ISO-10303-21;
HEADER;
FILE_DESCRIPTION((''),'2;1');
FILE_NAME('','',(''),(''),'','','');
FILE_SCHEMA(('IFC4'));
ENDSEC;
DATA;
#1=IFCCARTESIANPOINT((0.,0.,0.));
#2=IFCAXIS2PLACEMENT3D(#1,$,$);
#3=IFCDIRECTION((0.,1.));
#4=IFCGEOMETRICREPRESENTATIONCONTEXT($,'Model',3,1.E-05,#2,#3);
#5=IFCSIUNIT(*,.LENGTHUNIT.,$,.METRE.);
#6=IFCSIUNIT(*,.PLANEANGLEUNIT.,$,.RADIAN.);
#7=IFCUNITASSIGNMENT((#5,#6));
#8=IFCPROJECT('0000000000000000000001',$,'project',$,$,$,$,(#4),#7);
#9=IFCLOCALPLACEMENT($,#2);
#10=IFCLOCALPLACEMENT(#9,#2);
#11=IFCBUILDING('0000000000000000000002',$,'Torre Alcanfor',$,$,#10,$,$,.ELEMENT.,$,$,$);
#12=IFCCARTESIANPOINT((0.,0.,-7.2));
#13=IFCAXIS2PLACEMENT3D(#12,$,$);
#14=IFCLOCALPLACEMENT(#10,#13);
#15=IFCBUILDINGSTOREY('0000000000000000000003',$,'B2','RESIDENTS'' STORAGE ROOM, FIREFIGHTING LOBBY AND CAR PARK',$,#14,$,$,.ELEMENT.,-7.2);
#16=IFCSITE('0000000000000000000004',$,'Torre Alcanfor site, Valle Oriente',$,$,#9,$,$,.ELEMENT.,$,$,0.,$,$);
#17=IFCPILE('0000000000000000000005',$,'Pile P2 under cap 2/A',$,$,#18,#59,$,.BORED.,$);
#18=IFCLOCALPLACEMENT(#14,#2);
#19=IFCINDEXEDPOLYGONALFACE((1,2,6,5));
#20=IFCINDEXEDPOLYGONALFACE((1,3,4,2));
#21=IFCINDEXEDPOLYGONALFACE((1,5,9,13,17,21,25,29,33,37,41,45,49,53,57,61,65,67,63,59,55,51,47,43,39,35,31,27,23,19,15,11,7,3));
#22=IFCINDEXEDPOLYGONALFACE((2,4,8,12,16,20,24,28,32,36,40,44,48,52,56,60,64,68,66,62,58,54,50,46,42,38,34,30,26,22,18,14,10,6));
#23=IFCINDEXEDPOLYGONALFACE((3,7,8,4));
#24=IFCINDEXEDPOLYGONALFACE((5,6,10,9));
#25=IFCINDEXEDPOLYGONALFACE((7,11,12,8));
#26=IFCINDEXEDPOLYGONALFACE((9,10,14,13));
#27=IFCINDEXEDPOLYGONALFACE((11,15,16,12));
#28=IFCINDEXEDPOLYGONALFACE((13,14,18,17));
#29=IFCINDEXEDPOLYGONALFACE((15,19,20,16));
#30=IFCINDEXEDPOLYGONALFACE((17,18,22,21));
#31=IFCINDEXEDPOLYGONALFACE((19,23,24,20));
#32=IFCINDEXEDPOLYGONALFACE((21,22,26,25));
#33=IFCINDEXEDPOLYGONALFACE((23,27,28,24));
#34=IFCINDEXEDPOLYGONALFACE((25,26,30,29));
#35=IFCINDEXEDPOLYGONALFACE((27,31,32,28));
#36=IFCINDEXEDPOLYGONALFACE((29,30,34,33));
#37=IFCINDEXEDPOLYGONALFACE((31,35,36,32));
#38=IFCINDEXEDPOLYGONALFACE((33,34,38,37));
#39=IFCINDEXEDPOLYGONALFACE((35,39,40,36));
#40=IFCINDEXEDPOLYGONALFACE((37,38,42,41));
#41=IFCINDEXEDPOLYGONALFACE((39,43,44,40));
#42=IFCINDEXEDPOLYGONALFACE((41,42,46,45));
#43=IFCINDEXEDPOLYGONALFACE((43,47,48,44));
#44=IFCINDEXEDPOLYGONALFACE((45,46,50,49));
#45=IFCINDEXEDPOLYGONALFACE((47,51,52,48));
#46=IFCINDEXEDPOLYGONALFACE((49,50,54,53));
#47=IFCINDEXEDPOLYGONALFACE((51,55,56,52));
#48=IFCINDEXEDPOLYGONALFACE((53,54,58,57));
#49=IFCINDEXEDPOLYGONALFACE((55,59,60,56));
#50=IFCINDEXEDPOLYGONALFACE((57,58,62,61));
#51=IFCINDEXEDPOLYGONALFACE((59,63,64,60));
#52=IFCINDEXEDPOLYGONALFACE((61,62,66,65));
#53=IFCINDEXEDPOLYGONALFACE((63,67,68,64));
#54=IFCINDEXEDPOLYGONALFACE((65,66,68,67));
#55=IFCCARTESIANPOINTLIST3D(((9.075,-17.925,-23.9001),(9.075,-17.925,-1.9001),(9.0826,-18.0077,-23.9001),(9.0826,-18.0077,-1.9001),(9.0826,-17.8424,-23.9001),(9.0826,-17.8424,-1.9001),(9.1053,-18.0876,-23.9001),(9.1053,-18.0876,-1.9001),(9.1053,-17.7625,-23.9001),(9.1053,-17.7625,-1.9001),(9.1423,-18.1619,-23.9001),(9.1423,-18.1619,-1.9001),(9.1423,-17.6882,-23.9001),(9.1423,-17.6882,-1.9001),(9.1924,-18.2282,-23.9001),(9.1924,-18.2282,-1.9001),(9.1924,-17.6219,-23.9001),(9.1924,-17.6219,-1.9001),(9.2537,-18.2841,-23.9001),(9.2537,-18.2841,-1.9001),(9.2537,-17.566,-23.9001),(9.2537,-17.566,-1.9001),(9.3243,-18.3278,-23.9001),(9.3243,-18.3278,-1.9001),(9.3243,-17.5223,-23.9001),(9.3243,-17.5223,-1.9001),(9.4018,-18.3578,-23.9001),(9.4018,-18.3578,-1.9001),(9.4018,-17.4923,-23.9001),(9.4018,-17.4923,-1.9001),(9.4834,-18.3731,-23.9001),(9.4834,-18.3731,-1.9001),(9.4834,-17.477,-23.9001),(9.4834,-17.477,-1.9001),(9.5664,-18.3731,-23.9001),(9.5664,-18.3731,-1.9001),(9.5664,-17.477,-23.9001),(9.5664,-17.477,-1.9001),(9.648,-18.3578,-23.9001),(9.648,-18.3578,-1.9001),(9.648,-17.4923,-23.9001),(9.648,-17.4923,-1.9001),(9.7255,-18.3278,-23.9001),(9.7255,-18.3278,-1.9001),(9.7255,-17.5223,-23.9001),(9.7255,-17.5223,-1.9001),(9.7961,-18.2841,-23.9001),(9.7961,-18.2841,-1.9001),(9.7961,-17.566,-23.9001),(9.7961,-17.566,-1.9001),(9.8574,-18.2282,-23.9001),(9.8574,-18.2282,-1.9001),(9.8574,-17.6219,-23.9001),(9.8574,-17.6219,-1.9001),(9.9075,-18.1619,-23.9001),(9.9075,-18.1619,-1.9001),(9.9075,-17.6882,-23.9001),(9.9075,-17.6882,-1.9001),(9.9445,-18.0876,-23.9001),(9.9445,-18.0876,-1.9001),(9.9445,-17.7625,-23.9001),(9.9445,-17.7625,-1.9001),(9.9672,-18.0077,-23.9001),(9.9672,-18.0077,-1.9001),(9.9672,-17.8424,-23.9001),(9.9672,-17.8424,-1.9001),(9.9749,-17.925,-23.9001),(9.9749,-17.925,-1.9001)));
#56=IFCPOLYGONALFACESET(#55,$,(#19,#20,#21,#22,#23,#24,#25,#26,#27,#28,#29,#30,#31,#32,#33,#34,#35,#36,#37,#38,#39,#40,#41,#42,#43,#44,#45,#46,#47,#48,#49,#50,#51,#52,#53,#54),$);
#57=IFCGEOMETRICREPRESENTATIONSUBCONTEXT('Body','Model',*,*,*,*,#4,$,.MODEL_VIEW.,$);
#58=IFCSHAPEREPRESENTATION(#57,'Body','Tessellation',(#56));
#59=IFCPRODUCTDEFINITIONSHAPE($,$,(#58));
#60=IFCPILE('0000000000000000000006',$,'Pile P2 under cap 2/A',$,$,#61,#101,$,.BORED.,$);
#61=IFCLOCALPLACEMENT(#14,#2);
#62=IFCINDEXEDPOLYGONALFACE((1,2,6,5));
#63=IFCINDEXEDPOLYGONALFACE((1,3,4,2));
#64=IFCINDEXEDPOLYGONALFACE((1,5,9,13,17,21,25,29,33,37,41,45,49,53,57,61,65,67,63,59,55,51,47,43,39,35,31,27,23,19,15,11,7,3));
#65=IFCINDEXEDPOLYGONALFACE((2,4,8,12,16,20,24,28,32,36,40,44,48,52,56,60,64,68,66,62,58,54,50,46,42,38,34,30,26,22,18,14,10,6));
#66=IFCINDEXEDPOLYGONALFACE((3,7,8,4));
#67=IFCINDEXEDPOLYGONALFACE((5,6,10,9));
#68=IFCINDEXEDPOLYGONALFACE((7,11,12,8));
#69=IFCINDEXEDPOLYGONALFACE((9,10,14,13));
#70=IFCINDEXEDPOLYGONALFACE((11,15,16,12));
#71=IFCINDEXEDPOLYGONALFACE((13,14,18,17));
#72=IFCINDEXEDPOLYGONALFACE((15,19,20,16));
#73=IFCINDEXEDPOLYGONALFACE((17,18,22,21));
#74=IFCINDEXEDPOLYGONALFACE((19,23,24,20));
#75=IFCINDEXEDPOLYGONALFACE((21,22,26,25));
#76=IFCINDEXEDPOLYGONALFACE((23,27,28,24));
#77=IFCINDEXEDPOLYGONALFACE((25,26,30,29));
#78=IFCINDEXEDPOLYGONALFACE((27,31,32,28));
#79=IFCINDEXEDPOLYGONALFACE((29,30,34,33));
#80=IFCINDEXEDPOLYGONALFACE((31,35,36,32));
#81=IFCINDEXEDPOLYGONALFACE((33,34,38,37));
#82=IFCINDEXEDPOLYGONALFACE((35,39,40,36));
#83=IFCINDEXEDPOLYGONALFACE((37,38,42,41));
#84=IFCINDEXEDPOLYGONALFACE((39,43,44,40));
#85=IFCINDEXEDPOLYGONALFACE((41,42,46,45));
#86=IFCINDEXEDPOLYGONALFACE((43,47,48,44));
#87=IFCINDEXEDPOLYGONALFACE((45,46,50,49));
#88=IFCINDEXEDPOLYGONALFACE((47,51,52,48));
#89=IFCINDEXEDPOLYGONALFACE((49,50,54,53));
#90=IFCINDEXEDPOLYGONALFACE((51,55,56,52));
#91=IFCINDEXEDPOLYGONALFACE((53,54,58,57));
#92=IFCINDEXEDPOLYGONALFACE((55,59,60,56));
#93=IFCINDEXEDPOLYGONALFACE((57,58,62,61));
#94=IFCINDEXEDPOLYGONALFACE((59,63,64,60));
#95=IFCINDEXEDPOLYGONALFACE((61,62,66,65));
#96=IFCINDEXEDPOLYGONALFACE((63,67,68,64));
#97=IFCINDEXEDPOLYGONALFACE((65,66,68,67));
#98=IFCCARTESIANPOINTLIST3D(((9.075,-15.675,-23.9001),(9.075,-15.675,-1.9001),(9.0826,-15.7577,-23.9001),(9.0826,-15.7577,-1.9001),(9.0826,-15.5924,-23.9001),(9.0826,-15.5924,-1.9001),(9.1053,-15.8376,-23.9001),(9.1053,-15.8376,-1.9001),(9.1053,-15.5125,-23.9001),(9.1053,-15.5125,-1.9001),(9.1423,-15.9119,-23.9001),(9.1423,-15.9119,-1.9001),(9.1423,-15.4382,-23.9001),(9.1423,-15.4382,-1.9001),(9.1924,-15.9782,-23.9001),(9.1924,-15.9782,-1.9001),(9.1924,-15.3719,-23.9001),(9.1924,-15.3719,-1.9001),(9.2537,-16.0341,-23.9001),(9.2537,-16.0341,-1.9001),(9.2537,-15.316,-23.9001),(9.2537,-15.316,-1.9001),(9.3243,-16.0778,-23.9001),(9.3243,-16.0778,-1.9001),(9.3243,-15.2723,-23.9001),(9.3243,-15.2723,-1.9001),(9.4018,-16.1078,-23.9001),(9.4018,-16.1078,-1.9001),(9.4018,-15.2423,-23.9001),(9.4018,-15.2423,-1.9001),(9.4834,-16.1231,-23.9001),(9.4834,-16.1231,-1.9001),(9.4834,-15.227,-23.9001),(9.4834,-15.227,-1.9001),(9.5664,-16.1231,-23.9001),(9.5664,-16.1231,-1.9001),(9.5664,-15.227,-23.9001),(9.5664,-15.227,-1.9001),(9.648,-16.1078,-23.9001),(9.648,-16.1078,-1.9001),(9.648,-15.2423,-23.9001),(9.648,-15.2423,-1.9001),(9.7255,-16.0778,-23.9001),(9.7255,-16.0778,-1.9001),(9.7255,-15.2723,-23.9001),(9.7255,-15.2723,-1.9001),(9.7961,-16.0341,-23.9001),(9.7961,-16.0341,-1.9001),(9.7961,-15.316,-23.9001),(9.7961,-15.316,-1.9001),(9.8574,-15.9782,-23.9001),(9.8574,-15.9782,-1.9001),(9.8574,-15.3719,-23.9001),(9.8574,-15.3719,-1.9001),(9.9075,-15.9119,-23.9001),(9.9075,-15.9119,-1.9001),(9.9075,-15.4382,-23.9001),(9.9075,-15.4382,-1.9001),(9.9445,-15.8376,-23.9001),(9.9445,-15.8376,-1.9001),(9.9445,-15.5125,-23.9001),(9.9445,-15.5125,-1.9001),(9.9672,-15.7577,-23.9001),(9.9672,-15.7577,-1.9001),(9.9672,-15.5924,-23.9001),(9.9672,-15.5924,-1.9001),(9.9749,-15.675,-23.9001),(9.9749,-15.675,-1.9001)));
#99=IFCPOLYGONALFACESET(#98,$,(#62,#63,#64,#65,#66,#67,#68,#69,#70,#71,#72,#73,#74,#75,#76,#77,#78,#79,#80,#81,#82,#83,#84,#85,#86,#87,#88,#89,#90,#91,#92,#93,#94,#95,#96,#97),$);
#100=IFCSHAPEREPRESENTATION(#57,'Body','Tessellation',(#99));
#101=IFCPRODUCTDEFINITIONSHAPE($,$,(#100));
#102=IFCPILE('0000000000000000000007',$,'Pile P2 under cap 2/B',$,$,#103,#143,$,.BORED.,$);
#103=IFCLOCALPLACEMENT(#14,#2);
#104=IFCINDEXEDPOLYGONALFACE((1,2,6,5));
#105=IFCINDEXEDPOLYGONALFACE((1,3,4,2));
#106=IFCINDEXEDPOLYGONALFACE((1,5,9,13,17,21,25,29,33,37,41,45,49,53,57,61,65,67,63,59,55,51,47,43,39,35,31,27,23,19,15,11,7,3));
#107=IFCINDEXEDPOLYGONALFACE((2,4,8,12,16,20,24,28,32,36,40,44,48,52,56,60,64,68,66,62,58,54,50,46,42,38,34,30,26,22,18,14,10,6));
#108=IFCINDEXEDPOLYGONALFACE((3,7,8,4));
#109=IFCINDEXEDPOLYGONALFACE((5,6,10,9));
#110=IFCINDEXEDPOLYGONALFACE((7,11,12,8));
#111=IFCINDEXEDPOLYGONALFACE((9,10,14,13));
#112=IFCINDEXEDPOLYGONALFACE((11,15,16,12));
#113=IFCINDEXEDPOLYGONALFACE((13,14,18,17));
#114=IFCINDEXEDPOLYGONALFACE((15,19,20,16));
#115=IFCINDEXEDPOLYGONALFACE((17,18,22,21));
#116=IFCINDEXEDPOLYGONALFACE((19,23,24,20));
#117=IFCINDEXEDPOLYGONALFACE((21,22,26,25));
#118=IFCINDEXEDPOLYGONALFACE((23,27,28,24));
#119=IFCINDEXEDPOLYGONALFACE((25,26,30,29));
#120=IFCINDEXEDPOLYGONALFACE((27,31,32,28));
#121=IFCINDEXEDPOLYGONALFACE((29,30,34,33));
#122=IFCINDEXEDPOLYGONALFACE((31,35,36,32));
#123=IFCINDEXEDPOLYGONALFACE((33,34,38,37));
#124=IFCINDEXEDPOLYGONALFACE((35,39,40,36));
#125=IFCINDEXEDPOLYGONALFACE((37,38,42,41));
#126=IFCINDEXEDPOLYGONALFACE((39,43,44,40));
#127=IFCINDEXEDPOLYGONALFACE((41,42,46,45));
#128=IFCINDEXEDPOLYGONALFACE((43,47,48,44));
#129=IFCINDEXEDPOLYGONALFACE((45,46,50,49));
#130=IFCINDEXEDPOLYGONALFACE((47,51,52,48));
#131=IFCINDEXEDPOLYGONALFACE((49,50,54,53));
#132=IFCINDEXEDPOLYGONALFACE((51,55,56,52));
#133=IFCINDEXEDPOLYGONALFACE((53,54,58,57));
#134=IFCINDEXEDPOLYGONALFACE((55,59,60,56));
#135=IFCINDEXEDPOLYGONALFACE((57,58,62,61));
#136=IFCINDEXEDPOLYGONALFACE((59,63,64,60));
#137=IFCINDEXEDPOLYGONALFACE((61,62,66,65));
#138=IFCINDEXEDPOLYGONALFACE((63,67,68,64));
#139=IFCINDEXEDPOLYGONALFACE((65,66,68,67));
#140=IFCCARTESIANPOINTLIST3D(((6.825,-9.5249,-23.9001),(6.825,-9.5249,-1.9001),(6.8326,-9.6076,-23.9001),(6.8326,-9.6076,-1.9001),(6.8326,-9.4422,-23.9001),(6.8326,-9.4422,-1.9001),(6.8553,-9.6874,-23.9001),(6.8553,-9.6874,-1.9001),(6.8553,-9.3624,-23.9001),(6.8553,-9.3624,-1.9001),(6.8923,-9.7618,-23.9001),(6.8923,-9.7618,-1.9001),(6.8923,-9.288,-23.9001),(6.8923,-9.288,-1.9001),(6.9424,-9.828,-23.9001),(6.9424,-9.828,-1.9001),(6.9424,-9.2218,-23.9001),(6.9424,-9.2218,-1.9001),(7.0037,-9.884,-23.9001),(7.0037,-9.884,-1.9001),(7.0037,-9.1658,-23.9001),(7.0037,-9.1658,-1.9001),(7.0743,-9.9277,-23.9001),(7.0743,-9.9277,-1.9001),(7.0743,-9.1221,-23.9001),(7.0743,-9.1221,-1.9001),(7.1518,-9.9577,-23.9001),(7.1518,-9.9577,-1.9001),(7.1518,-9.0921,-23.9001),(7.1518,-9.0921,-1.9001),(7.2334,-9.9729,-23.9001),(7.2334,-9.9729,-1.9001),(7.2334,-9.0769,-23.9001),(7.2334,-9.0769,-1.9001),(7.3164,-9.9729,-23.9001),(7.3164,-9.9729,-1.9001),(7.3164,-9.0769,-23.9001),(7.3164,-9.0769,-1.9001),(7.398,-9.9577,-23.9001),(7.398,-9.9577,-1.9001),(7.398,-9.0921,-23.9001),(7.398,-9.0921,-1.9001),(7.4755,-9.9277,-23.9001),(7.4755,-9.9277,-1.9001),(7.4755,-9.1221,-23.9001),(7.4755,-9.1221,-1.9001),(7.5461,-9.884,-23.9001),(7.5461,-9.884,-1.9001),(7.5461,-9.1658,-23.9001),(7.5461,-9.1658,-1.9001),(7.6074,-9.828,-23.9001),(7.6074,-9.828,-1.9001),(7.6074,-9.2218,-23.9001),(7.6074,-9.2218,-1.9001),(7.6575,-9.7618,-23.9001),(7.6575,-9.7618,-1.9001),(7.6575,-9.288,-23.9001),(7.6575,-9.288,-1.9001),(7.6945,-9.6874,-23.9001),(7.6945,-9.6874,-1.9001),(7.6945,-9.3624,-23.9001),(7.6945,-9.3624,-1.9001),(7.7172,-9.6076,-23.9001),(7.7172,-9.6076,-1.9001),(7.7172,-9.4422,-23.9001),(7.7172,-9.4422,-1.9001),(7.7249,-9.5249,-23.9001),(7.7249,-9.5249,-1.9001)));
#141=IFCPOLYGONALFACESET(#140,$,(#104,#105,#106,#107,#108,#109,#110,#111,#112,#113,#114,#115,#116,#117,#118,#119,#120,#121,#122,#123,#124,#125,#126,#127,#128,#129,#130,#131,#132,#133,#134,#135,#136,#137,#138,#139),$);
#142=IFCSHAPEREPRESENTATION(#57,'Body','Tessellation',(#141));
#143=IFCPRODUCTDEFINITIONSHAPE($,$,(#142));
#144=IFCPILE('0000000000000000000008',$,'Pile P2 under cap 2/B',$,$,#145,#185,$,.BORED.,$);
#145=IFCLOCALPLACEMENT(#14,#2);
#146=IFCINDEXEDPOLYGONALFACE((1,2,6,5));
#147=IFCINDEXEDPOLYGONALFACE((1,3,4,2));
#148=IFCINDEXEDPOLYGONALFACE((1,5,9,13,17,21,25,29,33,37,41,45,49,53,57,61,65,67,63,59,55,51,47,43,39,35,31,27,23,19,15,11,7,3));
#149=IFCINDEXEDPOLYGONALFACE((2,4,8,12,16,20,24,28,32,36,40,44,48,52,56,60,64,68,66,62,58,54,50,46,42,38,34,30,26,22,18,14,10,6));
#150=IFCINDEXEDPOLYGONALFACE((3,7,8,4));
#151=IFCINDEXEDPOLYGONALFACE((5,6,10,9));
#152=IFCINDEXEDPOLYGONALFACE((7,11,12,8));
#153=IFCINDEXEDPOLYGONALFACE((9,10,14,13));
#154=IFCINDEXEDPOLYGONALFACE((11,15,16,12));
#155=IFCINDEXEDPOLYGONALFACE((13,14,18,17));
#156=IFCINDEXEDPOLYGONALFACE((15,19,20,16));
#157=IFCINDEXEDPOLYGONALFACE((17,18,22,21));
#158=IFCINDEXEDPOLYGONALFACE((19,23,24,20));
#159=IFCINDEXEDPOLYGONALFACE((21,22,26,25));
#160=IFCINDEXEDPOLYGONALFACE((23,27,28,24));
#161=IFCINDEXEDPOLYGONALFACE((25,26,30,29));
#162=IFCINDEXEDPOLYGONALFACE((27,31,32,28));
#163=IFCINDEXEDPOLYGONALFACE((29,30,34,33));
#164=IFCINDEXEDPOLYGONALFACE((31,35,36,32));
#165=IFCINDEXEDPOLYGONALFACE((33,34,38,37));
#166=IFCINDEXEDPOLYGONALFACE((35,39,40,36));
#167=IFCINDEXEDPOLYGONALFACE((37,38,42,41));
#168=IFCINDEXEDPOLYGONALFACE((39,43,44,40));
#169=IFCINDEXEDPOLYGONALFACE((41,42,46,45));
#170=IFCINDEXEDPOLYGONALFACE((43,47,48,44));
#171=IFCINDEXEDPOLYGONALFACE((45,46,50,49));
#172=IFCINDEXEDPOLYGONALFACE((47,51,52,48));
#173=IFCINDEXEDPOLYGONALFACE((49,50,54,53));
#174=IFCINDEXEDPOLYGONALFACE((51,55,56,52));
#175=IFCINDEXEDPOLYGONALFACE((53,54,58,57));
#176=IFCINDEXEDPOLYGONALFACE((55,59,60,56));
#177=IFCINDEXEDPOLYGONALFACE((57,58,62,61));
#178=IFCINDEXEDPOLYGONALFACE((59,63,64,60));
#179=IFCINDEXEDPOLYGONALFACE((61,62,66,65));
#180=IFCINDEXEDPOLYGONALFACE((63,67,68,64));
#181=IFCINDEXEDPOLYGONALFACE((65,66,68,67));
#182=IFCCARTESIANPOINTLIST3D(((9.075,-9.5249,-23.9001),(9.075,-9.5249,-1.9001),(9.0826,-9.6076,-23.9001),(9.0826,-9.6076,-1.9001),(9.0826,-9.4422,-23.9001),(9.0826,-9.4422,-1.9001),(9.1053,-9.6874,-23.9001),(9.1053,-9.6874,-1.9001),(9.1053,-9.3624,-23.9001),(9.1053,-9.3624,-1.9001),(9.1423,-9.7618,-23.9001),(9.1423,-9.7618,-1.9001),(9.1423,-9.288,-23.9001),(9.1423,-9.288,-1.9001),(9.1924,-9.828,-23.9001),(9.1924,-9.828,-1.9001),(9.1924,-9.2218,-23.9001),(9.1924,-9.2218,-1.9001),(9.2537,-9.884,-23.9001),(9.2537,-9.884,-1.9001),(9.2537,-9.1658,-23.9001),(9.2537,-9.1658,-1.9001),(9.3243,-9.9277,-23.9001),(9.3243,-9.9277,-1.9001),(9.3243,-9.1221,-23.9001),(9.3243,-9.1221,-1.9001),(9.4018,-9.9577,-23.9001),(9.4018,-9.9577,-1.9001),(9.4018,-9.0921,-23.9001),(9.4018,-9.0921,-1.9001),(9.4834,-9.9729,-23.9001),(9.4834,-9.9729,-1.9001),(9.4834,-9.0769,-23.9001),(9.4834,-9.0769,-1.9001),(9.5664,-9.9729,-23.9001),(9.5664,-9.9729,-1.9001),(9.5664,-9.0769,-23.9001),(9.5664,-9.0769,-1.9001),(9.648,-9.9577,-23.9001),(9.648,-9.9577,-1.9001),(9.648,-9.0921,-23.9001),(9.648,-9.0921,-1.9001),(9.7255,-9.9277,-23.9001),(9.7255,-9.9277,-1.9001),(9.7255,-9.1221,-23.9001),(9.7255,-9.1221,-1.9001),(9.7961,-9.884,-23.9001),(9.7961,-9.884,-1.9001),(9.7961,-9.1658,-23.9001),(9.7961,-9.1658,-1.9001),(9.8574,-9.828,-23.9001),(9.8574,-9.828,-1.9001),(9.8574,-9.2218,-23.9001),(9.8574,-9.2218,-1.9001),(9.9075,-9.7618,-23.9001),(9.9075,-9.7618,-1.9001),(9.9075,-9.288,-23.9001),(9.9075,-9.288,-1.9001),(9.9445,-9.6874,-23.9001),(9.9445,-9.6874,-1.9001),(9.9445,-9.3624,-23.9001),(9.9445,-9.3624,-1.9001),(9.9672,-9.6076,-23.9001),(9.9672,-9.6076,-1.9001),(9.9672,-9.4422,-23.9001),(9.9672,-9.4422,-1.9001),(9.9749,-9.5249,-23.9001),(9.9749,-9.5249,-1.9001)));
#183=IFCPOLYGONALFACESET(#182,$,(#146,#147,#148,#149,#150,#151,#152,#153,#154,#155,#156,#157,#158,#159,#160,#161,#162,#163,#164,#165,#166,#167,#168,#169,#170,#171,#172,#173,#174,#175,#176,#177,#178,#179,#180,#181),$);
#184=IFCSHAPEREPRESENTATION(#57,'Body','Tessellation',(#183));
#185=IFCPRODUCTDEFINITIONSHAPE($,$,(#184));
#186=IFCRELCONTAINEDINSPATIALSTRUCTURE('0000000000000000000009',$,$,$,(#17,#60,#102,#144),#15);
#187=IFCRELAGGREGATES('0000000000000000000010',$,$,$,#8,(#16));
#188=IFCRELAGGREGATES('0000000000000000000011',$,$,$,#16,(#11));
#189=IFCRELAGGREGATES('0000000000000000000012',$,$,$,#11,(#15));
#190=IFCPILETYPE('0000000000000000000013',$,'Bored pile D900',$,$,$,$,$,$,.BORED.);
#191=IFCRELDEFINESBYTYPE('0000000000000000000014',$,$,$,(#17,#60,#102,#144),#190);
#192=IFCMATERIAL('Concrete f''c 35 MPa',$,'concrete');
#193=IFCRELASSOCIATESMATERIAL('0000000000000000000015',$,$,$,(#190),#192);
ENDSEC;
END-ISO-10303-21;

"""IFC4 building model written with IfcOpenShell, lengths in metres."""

from ifc_helpers import new_model, si_unit, direction, frame, origin, origin_2d, place, context, subcontext, project, spatial, circle, extrude, material, material_profile, profile_set, type_object, element, save


model = new_model("IFC4")

# Units and contexts
model_context = context("Model", 3, precision=1e-05, world=origin(), true_north=direction((0.0, 1.0)))
body_context = subcontext(model_context, "Body", "Model", "MODEL_VIEW")
ifc_project = project(units=[si_unit("LENGTHUNIT", "METRE"), si_unit("PLANEANGLEUNIT", "RADIAN")], contexts=[model_context])

# Site, building, storey
site_placement = place(None, origin())
site = spatial("IfcSite", under=ifc_project, at=site_placement, Name="Torre Alcanfor site, Valle Oriente", CompositionType="ELEMENT", RefElevation=0.0)
building_placement = place(site_placement, origin())
building = spatial("IfcBuilding", under=site, at=building_placement, Name="Torre Alcanfor", CompositionType="ELEMENT")
storey_placement = place(building_placement, frame((0.0, 0.0, -7.2)))
storey = spatial("IfcBuildingStorey", under=building, at=storey_placement, Name="B2", Description="RESIDENTS' STORAGE ROOM, FIREFIGHTING LOBBY AND CAR PARK", CompositionType="ELEMENT", Elevation=-7.2)

# Piles
ifc_material_1 = material(Name="Concrete f'c 35 MPa", Category="concrete")
ifc_material_profile_1 = material_profile(ifc_material_1, circle(Radius=0.45, at=origin_2d()), Name="D900")
ifc_profile_set_1 = profile_set([ifc_material_profile_1], Name="Concrete f'c 35 MPa")
pile_type = type_object("IfcPileType", Name="Bored pile D900", PredefinedType="BORED", material=ifc_profile_set_1)
for number, where, z_axis, x_axis, name in (
    (1, (9.5249, -17.925, -1.9001), (0.0, 0.0, -1.0), (1.0, 0.0, 0.0), "Pile P2 under cap 2/A"),
    (2, (9.5249, -15.675, -1.9001), (0.0, 0.0, -1.0), (1.0, 0.0, 0.0), "Pile P2 under cap 2/A"),
    (3, (7.2749, -9.5249, -1.9001), (0.0, 0.0, -1.0), (1.0, 0.0, 0.0), "Pile P2 under cap 2/B"),
    (4, (9.5249, -9.5249, -1.9001), (0.0, 0.0, -1.0), (1.0, 0.0, 0.0), "Pile P2 under cap 2/B"),
):
    element("IfcPile", number, at=place(storey_placement, frame(where, z_axis=z_axis, x_axis=x_axis)), inside=storey, type_object=pile_type, Name=name, PredefinedType="BORED", context=body_context, shape_type="SweptSolid", body=[
        extrude(circle(Radius=0.45, at=origin_2d()), origin(), (0.0, 0.0, 1.0), 22.0),
    ])

save(model, "model.ifc")
